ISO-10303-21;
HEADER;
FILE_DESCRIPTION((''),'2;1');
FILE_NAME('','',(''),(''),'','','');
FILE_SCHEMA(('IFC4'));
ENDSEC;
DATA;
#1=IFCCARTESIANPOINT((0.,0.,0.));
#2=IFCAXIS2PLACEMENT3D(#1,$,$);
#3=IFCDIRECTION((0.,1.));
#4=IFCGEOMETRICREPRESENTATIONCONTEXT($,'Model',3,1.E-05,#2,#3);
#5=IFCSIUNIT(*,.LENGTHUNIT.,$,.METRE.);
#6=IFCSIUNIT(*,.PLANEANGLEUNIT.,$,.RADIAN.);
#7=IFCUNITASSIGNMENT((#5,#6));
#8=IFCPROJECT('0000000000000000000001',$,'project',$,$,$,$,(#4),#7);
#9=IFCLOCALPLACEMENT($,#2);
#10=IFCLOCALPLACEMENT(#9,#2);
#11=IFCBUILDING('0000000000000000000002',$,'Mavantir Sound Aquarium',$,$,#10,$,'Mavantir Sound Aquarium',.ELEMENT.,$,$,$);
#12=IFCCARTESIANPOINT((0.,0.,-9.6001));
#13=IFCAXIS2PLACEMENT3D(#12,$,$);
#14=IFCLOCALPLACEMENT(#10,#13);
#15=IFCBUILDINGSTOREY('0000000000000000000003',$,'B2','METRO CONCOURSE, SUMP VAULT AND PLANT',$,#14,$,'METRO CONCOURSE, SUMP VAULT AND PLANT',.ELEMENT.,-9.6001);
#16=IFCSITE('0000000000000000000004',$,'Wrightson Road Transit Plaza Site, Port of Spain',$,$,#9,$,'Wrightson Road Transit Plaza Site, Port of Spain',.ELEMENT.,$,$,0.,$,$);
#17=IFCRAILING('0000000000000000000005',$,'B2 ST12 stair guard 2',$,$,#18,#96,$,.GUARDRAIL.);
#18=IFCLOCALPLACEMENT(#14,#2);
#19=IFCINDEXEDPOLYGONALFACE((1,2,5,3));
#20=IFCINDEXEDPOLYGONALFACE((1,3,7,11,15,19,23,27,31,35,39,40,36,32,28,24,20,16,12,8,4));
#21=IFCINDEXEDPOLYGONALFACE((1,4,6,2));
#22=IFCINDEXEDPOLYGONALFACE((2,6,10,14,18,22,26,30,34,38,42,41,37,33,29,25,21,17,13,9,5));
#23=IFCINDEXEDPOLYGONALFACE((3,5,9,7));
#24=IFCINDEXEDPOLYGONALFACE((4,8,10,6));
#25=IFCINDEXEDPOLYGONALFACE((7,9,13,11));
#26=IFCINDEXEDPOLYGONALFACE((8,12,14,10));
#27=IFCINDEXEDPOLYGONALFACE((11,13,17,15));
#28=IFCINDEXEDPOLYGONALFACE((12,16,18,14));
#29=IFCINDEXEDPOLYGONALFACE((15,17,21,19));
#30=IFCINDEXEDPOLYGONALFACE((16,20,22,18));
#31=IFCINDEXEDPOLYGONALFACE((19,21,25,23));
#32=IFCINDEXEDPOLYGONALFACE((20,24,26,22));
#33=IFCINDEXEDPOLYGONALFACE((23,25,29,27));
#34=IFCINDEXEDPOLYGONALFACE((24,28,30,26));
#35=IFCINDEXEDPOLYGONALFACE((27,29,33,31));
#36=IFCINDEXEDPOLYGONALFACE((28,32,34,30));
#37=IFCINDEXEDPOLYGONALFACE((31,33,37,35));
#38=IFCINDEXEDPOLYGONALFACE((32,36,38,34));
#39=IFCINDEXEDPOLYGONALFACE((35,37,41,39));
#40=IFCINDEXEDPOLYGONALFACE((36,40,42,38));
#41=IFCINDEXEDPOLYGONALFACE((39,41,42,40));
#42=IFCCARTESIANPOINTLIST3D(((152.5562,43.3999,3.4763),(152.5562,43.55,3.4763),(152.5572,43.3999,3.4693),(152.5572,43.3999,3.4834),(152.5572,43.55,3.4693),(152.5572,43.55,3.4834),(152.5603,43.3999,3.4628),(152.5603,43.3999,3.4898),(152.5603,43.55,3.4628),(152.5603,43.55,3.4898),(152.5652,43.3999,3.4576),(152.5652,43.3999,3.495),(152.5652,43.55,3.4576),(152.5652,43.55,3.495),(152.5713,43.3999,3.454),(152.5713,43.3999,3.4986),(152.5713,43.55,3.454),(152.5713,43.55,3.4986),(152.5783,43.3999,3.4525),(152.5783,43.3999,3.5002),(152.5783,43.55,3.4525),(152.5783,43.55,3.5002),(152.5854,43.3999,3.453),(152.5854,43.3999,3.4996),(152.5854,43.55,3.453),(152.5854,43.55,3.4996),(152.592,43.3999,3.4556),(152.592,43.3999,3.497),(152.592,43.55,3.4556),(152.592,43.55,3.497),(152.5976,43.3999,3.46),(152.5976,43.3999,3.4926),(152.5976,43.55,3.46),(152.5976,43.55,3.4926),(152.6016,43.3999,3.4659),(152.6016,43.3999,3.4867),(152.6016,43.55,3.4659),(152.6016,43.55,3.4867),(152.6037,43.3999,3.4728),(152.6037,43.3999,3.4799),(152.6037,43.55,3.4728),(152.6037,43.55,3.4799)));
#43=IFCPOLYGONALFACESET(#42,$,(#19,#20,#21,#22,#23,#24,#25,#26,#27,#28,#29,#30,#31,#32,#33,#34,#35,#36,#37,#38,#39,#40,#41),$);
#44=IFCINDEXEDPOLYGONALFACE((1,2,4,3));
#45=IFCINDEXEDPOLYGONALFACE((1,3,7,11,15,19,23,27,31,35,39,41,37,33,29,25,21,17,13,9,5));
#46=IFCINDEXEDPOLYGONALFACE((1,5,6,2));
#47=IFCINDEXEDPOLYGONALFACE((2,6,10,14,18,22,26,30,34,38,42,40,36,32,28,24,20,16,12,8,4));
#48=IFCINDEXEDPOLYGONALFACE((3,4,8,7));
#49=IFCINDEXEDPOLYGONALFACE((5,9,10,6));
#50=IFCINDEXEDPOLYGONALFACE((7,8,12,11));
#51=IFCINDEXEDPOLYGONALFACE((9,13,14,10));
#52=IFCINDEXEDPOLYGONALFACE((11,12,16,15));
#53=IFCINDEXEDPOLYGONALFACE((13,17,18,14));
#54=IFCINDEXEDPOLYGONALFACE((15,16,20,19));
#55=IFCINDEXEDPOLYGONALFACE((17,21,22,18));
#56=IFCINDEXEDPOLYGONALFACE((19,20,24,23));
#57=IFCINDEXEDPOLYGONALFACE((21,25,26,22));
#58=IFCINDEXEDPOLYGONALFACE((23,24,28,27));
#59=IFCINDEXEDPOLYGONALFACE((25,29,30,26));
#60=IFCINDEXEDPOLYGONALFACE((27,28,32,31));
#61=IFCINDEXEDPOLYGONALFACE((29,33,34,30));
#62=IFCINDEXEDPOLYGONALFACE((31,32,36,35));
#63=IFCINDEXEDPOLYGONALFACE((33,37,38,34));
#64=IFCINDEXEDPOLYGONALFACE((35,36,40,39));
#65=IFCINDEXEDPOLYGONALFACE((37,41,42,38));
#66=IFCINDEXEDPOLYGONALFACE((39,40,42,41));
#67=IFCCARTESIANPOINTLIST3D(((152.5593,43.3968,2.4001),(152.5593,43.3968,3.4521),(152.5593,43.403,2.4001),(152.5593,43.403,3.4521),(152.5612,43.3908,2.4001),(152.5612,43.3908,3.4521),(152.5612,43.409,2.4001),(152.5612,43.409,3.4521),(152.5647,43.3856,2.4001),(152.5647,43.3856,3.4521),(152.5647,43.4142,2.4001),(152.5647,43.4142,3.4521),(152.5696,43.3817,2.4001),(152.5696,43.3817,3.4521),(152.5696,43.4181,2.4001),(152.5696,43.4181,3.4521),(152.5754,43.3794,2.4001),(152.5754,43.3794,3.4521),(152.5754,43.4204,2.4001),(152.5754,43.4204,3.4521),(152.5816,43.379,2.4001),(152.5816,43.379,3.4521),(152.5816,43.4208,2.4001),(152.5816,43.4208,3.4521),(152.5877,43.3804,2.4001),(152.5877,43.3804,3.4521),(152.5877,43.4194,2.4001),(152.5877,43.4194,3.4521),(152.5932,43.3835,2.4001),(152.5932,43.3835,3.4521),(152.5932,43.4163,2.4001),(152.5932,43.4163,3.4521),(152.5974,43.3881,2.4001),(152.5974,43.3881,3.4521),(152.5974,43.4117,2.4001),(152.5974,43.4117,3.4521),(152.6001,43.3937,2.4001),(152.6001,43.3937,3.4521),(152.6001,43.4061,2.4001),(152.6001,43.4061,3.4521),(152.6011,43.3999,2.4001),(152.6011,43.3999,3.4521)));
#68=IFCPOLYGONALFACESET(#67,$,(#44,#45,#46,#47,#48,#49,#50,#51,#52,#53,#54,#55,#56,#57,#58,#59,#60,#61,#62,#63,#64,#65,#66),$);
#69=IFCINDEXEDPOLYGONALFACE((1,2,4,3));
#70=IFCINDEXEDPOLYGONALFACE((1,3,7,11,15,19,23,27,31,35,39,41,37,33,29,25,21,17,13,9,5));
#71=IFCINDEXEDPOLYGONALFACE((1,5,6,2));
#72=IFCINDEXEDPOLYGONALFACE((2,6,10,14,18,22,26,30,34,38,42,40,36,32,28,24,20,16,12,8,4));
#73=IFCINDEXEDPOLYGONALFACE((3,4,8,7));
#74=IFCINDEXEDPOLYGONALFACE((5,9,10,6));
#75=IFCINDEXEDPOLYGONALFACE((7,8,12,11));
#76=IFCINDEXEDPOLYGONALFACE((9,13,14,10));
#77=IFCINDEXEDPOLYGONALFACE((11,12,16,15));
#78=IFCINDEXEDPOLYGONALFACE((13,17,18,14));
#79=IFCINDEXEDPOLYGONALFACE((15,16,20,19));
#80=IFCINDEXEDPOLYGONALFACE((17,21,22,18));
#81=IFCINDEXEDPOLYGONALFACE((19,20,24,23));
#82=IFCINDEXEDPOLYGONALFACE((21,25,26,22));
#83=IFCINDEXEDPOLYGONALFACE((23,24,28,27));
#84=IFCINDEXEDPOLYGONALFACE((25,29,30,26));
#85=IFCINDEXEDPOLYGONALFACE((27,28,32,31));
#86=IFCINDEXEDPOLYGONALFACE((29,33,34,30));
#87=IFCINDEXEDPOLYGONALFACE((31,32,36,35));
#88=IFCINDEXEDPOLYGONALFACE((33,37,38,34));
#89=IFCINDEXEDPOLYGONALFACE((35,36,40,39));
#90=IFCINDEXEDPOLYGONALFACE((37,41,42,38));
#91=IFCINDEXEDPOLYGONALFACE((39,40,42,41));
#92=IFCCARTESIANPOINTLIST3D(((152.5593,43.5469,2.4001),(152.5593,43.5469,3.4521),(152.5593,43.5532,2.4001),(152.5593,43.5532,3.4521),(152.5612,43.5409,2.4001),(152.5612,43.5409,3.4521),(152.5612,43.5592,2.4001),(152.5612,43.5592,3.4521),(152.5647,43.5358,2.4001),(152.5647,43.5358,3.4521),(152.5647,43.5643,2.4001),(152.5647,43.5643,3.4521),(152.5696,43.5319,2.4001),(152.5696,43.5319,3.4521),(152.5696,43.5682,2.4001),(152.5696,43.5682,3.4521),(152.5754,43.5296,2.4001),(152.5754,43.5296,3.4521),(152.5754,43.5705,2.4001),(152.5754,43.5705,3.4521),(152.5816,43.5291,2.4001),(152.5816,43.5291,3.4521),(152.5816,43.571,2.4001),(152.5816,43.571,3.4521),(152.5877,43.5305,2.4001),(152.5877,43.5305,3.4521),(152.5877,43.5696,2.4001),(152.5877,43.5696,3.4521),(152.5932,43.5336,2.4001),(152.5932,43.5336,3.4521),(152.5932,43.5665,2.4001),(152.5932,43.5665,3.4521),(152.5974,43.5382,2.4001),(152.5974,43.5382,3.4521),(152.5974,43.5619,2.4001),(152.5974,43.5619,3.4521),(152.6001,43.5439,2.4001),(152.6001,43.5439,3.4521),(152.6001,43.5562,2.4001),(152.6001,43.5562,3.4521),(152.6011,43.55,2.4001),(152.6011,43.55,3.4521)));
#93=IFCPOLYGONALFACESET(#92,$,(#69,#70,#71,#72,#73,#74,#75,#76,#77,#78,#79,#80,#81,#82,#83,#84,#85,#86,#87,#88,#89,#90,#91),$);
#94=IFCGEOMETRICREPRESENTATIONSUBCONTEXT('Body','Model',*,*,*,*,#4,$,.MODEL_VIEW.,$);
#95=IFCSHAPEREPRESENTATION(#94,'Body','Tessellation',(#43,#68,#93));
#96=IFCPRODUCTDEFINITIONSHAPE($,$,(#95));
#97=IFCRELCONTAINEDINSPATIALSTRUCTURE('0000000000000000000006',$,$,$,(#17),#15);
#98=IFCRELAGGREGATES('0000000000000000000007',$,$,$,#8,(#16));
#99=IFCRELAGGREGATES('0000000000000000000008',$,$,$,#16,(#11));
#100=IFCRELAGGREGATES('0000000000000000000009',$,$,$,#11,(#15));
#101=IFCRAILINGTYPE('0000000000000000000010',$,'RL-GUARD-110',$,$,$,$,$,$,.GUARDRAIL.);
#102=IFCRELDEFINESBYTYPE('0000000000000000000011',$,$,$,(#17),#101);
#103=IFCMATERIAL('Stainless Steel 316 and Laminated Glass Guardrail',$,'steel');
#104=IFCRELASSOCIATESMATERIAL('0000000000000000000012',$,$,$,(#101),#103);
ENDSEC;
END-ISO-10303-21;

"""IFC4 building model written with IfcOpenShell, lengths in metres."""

from ifc_helpers import new_model, si_unit, direction, frame, origin, origin_2d, place, context, subcontext, project, spatial, circle, extrude, material, type_object, element, save


model = new_model("IFC4")

# Units and contexts
model_context = context("Model", 3, precision=1e-05, world=origin(), true_north=direction((0.0, 1.0)))
body_context = subcontext(model_context, "Body", "Model", "MODEL_VIEW")
ifc_project = project(units=[si_unit("LENGTHUNIT", "METRE"), si_unit("PLANEANGLEUNIT", "RADIAN")], contexts=[model_context])

# Site, building, storey
site_placement = place(None, origin())
site = spatial("IfcSite", under=ifc_project, at=site_placement, Name="Wrightson Road Transit Plaza Site, Port of Spain", LongName="Wrightson Road Transit Plaza Site, Port of Spain", CompositionType="ELEMENT", RefElevation=0.0)
building_placement = place(site_placement, origin())
building = spatial("IfcBuilding", under=site, at=building_placement, Name="Mavantir Sound Aquarium", LongName="Mavantir Sound Aquarium", CompositionType="ELEMENT")
storey_placement = place(building_placement, frame((0.0, 0.0, -9.6001)))
storey = spatial("IfcBuildingStorey", under=building, at=storey_placement, Name="B2", Description="METRO CONCOURSE, SUMP VAULT AND PLANT", LongName="METRO CONCOURSE, SUMP VAULT AND PLANT", CompositionType="ELEMENT", Elevation=-9.6001)

# Railing
ifc_material_1 = material(Name="Stainless Steel 316 and Laminated Glass Guardrail", Category="steel")
railing_type_1 = type_object("IfcRailingType", Name="RL-GUARD-110", PredefinedType="GUARDRAIL", material=ifc_material_1)
railing_1_placement = place(storey_placement, frame((152.5801, 43.3999, 2.4001)))
element("IfcRailing", 1, at=railing_1_placement, inside=storey, type_object=railing_type_1, Name="B2 ST12 stair guard 2", PredefinedType="GUARDRAIL", context=body_context, shape_type="SweptSolid", body=[
    extrude(circle(Radius=0.0239, at=origin_2d()), frame((0.0, 0.0, 1.0762), z_axis=(0.0, 1.0, 0.0), x_axis=(-1.0, 0.0, 0.0)), (0.0, 0.0, 1.0), 0.1501),
    extrude(circle(Radius=0.021, at=origin_2d()), origin(), (0.0, 0.0, 1.0), 1.052),
    extrude(circle(Radius=0.021, at=origin_2d()), frame((0.0, 0.1501, 0.0)), (0.0, 0.0, 1.0), 1.052),
])

save(model, "model.ifc")
